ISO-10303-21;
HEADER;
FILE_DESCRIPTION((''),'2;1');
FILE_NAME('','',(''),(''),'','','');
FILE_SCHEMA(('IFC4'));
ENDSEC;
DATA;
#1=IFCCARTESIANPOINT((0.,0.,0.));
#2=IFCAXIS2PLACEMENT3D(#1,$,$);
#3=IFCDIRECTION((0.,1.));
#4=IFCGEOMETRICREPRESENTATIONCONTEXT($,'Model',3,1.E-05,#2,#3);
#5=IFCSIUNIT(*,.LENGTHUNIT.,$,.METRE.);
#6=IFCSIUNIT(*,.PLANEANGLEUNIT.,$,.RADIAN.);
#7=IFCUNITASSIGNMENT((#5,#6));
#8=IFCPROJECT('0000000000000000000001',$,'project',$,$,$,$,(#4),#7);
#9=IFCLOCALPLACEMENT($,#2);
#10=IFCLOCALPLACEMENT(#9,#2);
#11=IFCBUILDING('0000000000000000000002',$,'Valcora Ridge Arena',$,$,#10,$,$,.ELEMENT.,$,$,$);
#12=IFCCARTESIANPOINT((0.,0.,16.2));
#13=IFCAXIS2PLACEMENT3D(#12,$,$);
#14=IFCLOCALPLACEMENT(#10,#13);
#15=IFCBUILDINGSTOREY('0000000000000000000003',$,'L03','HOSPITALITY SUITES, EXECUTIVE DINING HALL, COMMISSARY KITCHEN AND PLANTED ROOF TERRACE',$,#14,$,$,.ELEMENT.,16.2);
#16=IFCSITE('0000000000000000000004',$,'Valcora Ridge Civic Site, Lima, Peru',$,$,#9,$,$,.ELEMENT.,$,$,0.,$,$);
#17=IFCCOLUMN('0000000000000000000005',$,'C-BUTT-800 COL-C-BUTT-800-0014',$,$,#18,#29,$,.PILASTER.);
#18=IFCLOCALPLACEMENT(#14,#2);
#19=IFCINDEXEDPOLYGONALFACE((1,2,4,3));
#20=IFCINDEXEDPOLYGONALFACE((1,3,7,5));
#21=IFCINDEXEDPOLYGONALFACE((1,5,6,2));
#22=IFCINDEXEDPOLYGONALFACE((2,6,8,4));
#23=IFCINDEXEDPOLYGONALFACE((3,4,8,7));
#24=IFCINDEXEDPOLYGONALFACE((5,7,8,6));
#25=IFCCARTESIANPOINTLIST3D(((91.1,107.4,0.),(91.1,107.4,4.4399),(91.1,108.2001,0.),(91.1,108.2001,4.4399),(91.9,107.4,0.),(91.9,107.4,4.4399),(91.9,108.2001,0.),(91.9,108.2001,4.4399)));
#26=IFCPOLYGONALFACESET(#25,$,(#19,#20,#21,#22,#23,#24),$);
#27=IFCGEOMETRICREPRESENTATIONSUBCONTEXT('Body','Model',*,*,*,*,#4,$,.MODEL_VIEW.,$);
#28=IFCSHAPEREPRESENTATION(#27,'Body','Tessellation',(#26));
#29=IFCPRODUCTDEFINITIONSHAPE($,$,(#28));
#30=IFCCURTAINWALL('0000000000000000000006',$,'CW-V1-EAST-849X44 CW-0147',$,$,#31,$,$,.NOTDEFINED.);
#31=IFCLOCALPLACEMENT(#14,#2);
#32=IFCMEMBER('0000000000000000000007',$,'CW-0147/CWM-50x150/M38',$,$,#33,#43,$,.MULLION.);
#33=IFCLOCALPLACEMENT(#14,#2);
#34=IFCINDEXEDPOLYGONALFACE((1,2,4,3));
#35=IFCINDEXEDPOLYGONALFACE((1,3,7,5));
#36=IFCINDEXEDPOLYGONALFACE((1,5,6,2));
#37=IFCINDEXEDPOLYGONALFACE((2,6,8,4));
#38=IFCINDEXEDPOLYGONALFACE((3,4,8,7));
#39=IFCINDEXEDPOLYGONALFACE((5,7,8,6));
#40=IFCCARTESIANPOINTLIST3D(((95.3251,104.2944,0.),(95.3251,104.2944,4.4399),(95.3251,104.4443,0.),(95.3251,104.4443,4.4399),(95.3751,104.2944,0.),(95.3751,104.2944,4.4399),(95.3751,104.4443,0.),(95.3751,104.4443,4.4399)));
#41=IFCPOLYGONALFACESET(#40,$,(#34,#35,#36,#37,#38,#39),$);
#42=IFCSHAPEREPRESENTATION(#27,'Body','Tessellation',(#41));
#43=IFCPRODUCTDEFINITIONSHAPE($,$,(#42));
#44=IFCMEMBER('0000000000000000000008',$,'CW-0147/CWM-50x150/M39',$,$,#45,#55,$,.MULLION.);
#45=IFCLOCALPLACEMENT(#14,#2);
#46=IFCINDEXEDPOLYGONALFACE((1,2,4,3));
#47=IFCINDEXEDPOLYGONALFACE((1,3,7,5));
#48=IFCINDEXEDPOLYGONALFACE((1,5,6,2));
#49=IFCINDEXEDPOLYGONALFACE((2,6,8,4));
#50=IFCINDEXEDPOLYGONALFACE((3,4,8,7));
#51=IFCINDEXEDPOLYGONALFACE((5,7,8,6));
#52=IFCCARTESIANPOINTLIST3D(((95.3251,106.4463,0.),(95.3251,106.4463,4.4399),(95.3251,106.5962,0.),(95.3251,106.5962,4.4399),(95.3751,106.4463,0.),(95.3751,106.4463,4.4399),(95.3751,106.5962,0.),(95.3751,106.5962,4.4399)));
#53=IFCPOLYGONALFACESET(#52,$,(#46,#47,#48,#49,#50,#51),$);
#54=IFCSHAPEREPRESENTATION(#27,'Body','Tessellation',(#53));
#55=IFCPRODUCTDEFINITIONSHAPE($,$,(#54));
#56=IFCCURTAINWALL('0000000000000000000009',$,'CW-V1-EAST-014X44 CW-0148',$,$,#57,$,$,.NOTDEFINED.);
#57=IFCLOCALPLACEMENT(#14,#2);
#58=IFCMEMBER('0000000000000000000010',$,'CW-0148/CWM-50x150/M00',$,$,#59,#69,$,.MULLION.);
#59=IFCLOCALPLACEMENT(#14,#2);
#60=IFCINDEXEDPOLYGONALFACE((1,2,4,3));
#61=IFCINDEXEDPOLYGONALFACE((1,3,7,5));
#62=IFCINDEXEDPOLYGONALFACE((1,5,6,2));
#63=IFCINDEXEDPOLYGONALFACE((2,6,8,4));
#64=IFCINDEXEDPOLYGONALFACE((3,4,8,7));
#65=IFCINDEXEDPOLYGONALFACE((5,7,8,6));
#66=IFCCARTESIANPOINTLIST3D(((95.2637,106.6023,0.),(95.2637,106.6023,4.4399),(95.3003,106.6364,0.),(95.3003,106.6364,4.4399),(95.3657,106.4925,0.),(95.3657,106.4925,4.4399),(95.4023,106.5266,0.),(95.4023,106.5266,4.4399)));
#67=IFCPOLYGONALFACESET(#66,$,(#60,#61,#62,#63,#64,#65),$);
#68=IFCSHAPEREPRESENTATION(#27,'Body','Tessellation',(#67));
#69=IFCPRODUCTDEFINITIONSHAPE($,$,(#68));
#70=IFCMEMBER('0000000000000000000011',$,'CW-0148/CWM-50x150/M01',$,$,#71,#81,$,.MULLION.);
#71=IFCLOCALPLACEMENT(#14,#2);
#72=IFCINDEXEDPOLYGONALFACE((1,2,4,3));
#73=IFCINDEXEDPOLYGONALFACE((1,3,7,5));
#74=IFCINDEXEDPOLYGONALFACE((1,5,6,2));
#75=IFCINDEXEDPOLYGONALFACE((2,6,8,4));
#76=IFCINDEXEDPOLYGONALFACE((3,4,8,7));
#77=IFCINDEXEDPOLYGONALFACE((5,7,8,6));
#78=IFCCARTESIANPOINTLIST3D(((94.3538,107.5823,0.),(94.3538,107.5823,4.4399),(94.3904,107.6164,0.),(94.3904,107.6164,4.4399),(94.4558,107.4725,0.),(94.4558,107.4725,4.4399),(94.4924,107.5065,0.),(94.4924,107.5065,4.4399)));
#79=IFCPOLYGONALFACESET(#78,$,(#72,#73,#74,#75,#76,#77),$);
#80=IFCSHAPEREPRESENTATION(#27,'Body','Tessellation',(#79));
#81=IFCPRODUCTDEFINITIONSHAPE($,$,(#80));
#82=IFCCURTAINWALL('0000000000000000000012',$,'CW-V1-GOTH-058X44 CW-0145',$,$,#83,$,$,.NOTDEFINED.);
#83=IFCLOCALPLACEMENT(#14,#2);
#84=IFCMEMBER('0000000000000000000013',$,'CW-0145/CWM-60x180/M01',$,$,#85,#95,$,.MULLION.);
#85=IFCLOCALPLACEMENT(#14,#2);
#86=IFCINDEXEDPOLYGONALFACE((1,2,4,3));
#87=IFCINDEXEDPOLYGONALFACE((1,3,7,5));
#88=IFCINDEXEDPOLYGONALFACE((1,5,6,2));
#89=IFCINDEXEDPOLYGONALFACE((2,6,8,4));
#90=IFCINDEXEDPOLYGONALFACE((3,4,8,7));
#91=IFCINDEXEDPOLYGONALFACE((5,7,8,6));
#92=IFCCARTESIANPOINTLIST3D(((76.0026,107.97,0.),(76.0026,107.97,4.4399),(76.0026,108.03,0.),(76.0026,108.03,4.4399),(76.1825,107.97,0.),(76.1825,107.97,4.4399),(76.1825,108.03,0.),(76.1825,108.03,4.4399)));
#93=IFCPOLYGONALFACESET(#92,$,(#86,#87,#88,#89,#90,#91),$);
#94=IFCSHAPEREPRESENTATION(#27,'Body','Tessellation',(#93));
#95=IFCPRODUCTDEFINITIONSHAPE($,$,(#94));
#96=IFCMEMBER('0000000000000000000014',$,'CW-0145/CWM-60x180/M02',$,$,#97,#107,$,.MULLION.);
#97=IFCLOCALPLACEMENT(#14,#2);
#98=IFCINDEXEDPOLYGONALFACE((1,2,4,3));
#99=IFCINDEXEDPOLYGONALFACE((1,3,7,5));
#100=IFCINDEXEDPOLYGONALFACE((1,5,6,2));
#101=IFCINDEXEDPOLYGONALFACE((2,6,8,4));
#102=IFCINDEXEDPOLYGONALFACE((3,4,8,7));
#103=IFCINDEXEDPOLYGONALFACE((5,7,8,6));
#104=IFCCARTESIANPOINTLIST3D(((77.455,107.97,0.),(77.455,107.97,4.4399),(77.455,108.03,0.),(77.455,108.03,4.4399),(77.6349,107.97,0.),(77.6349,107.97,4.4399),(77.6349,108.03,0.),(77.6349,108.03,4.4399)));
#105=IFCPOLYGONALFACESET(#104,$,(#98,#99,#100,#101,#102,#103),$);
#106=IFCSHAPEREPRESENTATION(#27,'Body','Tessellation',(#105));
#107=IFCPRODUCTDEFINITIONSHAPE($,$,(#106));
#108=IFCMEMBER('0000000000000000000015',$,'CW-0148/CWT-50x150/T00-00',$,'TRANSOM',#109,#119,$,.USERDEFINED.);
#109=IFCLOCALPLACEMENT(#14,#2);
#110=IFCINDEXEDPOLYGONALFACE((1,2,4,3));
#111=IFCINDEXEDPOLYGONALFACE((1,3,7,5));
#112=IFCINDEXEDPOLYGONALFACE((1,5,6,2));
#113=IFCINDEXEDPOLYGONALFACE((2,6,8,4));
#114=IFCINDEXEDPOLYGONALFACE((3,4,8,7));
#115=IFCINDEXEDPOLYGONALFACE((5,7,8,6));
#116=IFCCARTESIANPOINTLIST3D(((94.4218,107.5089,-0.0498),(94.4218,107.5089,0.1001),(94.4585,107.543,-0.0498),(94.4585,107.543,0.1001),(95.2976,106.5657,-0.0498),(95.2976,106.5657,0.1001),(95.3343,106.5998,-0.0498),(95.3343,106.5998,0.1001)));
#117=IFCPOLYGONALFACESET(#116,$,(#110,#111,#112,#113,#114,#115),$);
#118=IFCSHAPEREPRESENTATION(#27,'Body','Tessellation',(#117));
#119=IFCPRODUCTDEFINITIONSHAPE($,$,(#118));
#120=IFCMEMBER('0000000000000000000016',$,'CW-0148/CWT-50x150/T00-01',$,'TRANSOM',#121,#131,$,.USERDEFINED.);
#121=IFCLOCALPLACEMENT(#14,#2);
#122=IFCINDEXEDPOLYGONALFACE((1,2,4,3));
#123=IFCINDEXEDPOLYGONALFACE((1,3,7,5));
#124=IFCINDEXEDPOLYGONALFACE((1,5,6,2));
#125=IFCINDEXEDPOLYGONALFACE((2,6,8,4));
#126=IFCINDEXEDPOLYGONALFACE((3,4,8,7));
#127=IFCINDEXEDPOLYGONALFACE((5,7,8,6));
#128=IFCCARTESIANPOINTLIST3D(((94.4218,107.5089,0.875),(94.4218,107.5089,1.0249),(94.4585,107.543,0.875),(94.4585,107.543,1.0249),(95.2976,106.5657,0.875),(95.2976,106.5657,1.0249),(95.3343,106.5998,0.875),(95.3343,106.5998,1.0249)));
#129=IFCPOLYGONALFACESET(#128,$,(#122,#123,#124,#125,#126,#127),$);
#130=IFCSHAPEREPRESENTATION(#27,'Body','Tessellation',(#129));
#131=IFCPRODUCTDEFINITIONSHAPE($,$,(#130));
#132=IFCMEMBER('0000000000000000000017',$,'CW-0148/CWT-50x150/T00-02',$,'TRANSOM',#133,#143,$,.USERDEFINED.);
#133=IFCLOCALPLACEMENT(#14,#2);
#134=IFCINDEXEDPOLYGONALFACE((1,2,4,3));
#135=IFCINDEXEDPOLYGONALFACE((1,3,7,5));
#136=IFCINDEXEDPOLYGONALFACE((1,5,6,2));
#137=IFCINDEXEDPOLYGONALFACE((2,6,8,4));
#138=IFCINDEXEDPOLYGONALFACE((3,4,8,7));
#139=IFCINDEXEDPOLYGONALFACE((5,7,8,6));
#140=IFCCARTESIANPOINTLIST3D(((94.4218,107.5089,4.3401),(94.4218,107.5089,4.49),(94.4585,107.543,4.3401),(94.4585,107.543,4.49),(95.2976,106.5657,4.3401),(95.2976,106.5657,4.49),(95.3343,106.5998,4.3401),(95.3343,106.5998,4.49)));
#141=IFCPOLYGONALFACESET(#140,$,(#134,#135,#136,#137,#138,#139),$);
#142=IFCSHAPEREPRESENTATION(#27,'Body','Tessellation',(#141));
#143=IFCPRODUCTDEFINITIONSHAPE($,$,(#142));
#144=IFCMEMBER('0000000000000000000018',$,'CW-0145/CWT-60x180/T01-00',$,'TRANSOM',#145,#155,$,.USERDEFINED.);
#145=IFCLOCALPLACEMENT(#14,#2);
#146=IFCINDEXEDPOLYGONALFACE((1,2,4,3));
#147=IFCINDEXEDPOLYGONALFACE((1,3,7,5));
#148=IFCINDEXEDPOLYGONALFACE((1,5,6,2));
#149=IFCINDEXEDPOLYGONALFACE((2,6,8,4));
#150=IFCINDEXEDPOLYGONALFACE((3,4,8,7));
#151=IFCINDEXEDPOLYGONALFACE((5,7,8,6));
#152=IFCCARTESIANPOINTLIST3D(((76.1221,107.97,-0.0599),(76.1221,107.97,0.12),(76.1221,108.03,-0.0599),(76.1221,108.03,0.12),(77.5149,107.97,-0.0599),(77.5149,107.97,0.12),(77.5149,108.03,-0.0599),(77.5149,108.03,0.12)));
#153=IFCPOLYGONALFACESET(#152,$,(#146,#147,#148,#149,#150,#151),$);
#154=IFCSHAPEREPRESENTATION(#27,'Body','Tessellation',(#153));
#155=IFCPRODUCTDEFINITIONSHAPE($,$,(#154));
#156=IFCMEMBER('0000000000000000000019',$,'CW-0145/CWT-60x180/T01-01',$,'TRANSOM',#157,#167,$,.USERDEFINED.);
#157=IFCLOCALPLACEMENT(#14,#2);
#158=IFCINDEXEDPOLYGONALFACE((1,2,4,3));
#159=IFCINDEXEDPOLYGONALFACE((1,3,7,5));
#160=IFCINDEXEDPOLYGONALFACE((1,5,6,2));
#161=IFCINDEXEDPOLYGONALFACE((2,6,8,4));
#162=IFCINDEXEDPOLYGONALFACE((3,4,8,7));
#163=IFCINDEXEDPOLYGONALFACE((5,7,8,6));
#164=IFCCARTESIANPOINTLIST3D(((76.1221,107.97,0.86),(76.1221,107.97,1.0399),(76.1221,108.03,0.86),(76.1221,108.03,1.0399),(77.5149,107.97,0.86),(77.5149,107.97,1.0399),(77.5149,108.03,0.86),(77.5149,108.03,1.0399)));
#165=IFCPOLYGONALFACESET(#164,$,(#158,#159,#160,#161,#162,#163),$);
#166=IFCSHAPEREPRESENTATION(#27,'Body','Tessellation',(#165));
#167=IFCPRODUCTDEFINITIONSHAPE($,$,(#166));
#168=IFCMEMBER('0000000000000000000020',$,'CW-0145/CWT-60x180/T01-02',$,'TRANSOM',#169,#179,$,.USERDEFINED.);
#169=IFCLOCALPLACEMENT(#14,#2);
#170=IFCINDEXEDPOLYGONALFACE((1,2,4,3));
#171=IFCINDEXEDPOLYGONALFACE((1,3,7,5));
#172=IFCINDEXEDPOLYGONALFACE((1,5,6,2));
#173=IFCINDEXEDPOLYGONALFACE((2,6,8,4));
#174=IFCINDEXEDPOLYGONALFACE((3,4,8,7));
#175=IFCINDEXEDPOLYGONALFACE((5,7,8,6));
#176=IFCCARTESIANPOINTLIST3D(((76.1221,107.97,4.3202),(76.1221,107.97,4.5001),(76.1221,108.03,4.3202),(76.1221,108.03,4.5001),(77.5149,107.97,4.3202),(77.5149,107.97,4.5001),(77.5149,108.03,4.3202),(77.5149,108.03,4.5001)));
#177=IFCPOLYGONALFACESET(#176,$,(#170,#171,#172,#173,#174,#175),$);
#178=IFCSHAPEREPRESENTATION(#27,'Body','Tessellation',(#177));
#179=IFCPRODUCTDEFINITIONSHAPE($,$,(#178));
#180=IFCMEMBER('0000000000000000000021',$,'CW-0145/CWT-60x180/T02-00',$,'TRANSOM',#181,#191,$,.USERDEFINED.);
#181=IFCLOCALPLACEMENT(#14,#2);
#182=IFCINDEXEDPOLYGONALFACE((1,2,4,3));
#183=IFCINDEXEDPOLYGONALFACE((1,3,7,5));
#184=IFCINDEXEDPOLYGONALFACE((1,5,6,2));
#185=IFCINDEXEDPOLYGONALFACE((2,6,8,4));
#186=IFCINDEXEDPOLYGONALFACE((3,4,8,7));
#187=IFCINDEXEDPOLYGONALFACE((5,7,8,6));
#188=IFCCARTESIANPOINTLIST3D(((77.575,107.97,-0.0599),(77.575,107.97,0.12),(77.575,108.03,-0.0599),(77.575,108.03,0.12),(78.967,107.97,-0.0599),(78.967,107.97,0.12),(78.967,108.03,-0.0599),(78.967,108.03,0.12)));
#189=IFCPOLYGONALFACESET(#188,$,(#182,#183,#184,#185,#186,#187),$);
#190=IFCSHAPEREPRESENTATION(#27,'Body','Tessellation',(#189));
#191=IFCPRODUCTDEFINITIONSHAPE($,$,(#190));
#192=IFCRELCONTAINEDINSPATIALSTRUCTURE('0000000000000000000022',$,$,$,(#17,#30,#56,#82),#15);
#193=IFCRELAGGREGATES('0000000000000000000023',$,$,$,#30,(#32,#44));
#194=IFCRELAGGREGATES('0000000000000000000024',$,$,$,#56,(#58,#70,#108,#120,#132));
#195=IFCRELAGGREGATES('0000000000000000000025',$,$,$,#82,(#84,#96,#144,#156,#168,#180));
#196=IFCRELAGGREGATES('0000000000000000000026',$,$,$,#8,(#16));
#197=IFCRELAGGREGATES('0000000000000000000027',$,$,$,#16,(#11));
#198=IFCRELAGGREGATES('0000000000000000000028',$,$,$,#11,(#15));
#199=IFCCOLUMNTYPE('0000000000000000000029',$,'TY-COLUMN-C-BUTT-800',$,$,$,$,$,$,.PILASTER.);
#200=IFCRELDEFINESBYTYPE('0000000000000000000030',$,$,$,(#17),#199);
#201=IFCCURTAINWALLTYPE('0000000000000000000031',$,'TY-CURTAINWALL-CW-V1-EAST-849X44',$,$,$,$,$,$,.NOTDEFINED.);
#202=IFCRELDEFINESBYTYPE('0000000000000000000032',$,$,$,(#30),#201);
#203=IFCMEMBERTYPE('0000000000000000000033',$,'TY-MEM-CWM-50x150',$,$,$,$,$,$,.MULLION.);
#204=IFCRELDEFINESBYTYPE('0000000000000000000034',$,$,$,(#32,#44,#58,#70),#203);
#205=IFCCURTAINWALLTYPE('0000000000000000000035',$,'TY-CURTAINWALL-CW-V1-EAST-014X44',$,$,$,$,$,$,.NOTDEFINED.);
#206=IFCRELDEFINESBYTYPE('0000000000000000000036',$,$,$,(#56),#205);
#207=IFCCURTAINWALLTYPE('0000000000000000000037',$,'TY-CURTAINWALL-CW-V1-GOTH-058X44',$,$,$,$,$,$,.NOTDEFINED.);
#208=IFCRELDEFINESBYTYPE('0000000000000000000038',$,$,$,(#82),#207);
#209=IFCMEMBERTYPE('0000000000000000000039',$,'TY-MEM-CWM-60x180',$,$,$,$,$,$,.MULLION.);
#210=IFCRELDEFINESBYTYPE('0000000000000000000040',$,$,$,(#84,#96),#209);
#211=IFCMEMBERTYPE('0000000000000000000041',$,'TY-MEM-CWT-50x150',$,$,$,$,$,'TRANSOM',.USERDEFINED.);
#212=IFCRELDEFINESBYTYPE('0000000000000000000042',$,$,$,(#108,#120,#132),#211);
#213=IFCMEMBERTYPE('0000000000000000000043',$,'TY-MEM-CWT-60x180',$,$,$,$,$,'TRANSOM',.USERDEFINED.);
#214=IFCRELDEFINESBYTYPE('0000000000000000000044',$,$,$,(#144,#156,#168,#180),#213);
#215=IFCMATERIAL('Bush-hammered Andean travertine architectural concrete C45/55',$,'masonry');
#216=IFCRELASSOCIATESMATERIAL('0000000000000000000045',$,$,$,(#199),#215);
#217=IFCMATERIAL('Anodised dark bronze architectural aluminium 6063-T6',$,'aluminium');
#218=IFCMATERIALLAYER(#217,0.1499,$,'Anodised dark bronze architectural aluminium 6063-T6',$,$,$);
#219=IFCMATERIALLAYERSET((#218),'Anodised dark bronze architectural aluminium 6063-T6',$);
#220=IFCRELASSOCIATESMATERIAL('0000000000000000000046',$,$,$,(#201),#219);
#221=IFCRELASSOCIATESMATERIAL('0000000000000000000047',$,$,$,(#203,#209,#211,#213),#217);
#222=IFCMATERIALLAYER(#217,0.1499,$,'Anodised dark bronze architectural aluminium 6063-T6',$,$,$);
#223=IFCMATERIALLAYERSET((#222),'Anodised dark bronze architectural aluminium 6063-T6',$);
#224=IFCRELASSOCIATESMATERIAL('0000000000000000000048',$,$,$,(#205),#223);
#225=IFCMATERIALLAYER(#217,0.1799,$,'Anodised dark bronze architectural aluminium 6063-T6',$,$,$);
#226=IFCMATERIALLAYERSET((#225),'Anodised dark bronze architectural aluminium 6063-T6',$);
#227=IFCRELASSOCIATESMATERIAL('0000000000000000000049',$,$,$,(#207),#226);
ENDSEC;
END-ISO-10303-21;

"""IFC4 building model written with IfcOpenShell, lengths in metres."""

from ifc_helpers import new_model, si_unit, direction, frame, origin, origin_2d, place, context, subcontext, project, spatial, rectangle, extrude, material, layer, layer_set, material_profile, profile_set, type_object, element, aggregate, save


model = new_model("IFC4")

# Units and contexts
model_context = context("Model", 3, precision=1e-05, world=origin(), true_north=direction((0.0, 1.0)))
body_context = subcontext(model_context, "Body", "Model", "MODEL_VIEW")
ifc_project = project(units=[si_unit("LENGTHUNIT", "METRE"), si_unit("PLANEANGLEUNIT", "RADIAN")], contexts=[model_context])

# Site, building, storey
site_placement = place(None, origin())
site = spatial("IfcSite", under=ifc_project, at=site_placement, Name="Valcora Ridge Civic Site, Lima, Peru", CompositionType="ELEMENT", RefElevation=0.0)
building_placement = place(site_placement, origin())
building = spatial("IfcBuilding", under=site, at=building_placement, Name="Valcora Ridge Arena", CompositionType="ELEMENT")
storey_placement = place(building_placement, frame((0.0, 0.0, 16.2)))
storey = spatial("IfcBuildingStorey", under=building, at=storey_placement, Name="L03", Description="HOSPITALITY SUITES, EXECUTIVE DINING HALL, COMMISSARY KITCHEN AND PLANTED ROOF TERRACE", CompositionType="ELEMENT", Elevation=16.2)

# Column
ifc_material_1 = material(Name="Bush-hammered Andean travertine architectural concrete C45/55", Category="masonry")
ifc_material_profile_1 = material_profile(ifc_material_1, rectangle(XDim=0.8, YDim=0.8, at=origin_2d()), Name="RC 800x800")
ifc_profile_set_1 = profile_set([ifc_material_profile_1], Name="Bush-hammered Andean travertine architectural concrete C45/55")
column_type = type_object("IfcColumnType", Name="TY-COLUMN-C-BUTT-800", PredefinedType="PILASTER", material=ifc_profile_set_1)
column_placement = place(storey_placement, frame((91.5, 107.8, 0.0), z_axis=(0.0, 0.0, 1.0), x_axis=(1.0, 0.0, 0.0)))
element("IfcColumn", 1, at=column_placement, inside=storey, type_object=column_type, Name="C-BUTT-800 COL-C-BUTT-800-0014", PredefinedType="PILASTER", context=body_context, shape_type="SweptSolid", body=[
    extrude(rectangle(XDim=0.8, YDim=0.8, at=origin_2d()), origin(), (0.0, 0.0, 1.0), 4.4399),
])

# Curtain walls, members
ifc_material_2 = material(Name="Anodised dark bronze architectural aluminium 6063-T6", Category="aluminium")
ifc_layer_1 = layer(ifc_material_2, 0.1499, Name="Anodised dark bronze architectural aluminium 6063-T6")
ifc_layer_set_1 = layer_set([ifc_layer_1], Name="Anodised dark bronze architectural aluminium 6063-T6")
curtain_wall_type_1 = type_object("IfcCurtainWallType", Name="TY-CURTAINWALL-CW-V1-EAST-849X44", PredefinedType="NOTDEFINED", material=ifc_layer_set_1)
curtain_wall_1_placement = place(storey_placement, origin())
curtain_wall_1 = element("IfcCurtainWall", 2, at=curtain_wall_1_placement, inside=storey, type_object=curtain_wall_type_1, Name="CW-V1-EAST-849X44 CW-0147", PredefinedType="NOTDEFINED")
ifc_material_profile_2 = material_profile(ifc_material_2, rectangle(XDim=0.05, YDim=0.1499, at=origin_2d()), Name="ALU MULLION 50x150")
ifc_profile_set_2 = profile_set([ifc_material_profile_2], Name="Anodised dark bronze architectural aluminium 6063-T6")
member_type_1 = type_object("IfcMemberType", Name="TY-MEM-CWM-50x150", PredefinedType="MULLION", material=ifc_profile_set_2)
member_1_placement = place(storey_placement, frame((95.3501, 104.3694, 0.0), z_axis=(0.0, 0.0, 1.0), x_axis=(-1.0, 0.0, 0.0)))
member_1 = element("IfcMember", 3, at=member_1_placement, type_object=member_type_1, Name="CW-0147/CWM-50x150/M38", PredefinedType="MULLION", context=body_context, shape_type="SweptSolid", body=[
    extrude(rectangle(XDim=0.05, YDim=0.1499, at=origin_2d()), origin(), (0.0, 0.0, 1.0), 4.4399),
])
member_2_placement = place(storey_placement, frame((95.3501, 106.5212, 0.0), z_axis=(0.0, 0.0, 1.0), x_axis=(-1.0, 0.0, 0.0)))
member_2 = element("IfcMember", 4, at=member_2_placement, type_object=member_type_1, Name="CW-0147/CWM-50x150/M39", PredefinedType="MULLION", context=body_context, shape_type="SweptSolid", body=[
    extrude(rectangle(XDim=0.05, YDim=0.1499, at=origin_2d()), origin(), (0.0, 0.0, 1.0), 4.4399),
])
aggregate(curtain_wall_1, [member_1, member_2])
ifc_layer_2 = layer(ifc_material_2, 0.1499, Name="Anodised dark bronze architectural aluminium 6063-T6")
ifc_layer_set_2 = layer_set([ifc_layer_2], Name="Anodised dark bronze architectural aluminium 6063-T6")
curtain_wall_type_2 = type_object("IfcCurtainWallType", Name="TY-CURTAINWALL-CW-V1-EAST-014X44", PredefinedType="NOTDEFINED", material=ifc_layer_set_2)
curtain_wall_2_placement = place(storey_placement, origin())
curtain_wall_2 = element("IfcCurtainWall", 5, at=curtain_wall_2_placement, inside=storey, type_object=curtain_wall_type_2, Name="CW-V1-EAST-014X44 CW-0148", PredefinedType="NOTDEFINED")
member_3_placement = place(storey_placement, frame((95.333, 106.5645, 0.0), z_axis=(0.0, 0.0, 1.0), x_axis=(-0.732756, -0.680492, 0.0)))
member_3 = element("IfcMember", 6, at=member_3_placement, type_object=member_type_1, Name="CW-0148/CWM-50x150/M00", PredefinedType="MULLION", context=body_context, shape_type="SweptSolid", body=[
    extrude(rectangle(XDim=0.05, YDim=0.1499, at=origin_2d()), origin(), (0.0, 0.0, 1.0), 4.4399),
])
member_4_placement = place(storey_placement, frame((94.4231, 107.5444, 0.0), z_axis=(0.0, 0.0, 1.0), x_axis=(-0.732756, -0.680492, 0.0)))
member_4 = element("IfcMember", 7, at=member_4_placement, type_object=member_type_1, Name="CW-0148/CWM-50x150/M01", PredefinedType="MULLION", context=body_context, shape_type="SweptSolid", body=[
    extrude(rectangle(XDim=0.05, YDim=0.1499, at=origin_2d()), origin(), (0.0, 0.0, 1.0), 4.4399),
])
ifc_layer_3 = layer(ifc_material_2, 0.1799, Name="Anodised dark bronze architectural aluminium 6063-T6")
ifc_layer_set_3 = layer_set([ifc_layer_3], Name="Anodised dark bronze architectural aluminium 6063-T6")
curtain_wall_type_3 = type_object("IfcCurtainWallType", Name="TY-CURTAINWALL-CW-V1-GOTH-058X44", PredefinedType="NOTDEFINED", material=ifc_layer_set_3)
curtain_wall_3_placement = place(storey_placement, origin())
curtain_wall_3 = element("IfcCurtainWall", 8, at=curtain_wall_3_placement, inside=storey, type_object=curtain_wall_type_3, Name="CW-V1-GOTH-058X44 CW-0145", PredefinedType="NOTDEFINED")
ifc_material_profile_3 = material_profile(ifc_material_2, rectangle(XDim=0.0601, YDim=0.1799, at=origin_2d()), Name="ALU MULLION 60x180")
ifc_profile_set_3 = profile_set([ifc_material_profile_3], Name="Anodised dark bronze architectural aluminium 6063-T6")
member_type_2 = type_object("IfcMemberType", Name="TY-MEM-CWM-60x180", PredefinedType="MULLION", material=ifc_profile_set_3)
member_5_placement = place(storey_placement, frame((76.0925, 108.0, 0.0), z_axis=(0.0, 0.0, 1.0), x_axis=(0.0, 1.0, 0.0)))
member_5 = element("IfcMember", 9, at=member_5_placement, type_object=member_type_2, Name="CW-0145/CWM-60x180/M01", PredefinedType="MULLION", context=body_context, shape_type="SweptSolid", body=[
    extrude(rectangle(XDim=0.0601, YDim=0.1799, at=origin_2d()), origin(), (0.0, 0.0, 1.0), 4.4399),
])
member_6_placement = place(storey_placement, frame((77.5449, 108.0, 0.0), z_axis=(0.0, 0.0, 1.0), x_axis=(0.0, 1.0, 0.0)))
member_6 = element("IfcMember", 10, at=member_6_placement, type_object=member_type_2, Name="CW-0145/CWM-60x180/M02", PredefinedType="MULLION", context=body_context, shape_type="SweptSolid", body=[
    extrude(rectangle(XDim=0.0601, YDim=0.1799, at=origin_2d()), origin(), (0.0, 0.0, 1.0), 4.4399),
])

# Members
ifc_material_profile_4 = material_profile(ifc_material_2, rectangle(XDim=0.05, YDim=0.1499, at=origin_2d()), Name="ALU TRANSOM 50x150")
ifc_profile_set_4 = profile_set([ifc_material_profile_4], Name="Anodised dark bronze architectural aluminium 6063-T6")
member_type_3 = type_object("IfcMemberType", Name="TY-MEM-CWT-50x150", ElementType="TRANSOM", PredefinedType="USERDEFINED", material=ifc_profile_set_4)
member_7_placement = place(storey_placement, frame((95.3159, 106.5828, 0.0251), z_axis=(-0.680444, 0.7328, 0.0), x_axis=(-0.7328, -0.680444, 0.0)))
member_7 = element("IfcMember", 11, at=member_7_placement, type_object=member_type_3, Name="CW-0148/CWT-50x150/T00-00", ObjectType="TRANSOM", PredefinedType="USERDEFINED", context=body_context, shape_type="SweptSolid", body=[
    extrude(rectangle(XDim=0.05, YDim=0.1499, at=origin_2d()), origin(), (0.0, 0.0, 1.0), 1.2871),
])
member_8_placement = place(storey_placement, frame((95.3159, 106.5828, 0.95), z_axis=(-0.680444, 0.7328, 0.0), x_axis=(-0.7328, -0.680444, 0.0)))
member_8 = element("IfcMember", 12, at=member_8_placement, type_object=member_type_3, Name="CW-0148/CWT-50x150/T00-01", ObjectType="TRANSOM", PredefinedType="USERDEFINED", context=body_context, shape_type="SweptSolid", body=[
    extrude(rectangle(XDim=0.05, YDim=0.1499, at=origin_2d()), origin(), (0.0, 0.0, 1.0), 1.2871),
])
member_9_placement = place(storey_placement, frame((95.3159, 106.5828, 4.415), z_axis=(-0.680444, 0.7328, 0.0), x_axis=(-0.7328, -0.680444, 0.0)))
member_9 = element("IfcMember", 13, at=member_9_placement, type_object=member_type_3, Name="CW-0148/CWT-50x150/T00-02", ObjectType="TRANSOM", PredefinedType="USERDEFINED", context=body_context, shape_type="SweptSolid", body=[
    extrude(rectangle(XDim=0.05, YDim=0.1499, at=origin_2d()), origin(), (0.0, 0.0, 1.0), 1.2871),
])
ifc_material_profile_5 = material_profile(ifc_material_2, rectangle(XDim=0.0601, YDim=0.1799, at=origin_2d()), Name="ALU TRANSOM 60x180")
ifc_profile_set_5 = profile_set([ifc_material_profile_5], Name="Anodised dark bronze architectural aluminium 6063-T6")
member_type_4 = type_object("IfcMemberType", Name="TY-MEM-CWT-60x180", ElementType="TRANSOM", PredefinedType="USERDEFINED", material=ifc_profile_set_5)
member_10_placement = place(storey_placement, frame((76.1221, 108.0, 0.03), z_axis=(1.0, 0.0, 0.0), x_axis=(0.0, 1.0, 0.0)))
member_10 = element("IfcMember", 14, at=member_10_placement, type_object=member_type_4, Name="CW-0145/CWT-60x180/T01-00", ObjectType="TRANSOM", PredefinedType="USERDEFINED", context=body_context, shape_type="SweptSolid", body=[
    extrude(rectangle(XDim=0.0601, YDim=0.1799, at=origin_2d()), origin(), (0.0, 0.0, 1.0), 1.3928),
])
member_11_placement = place(storey_placement, frame((76.1221, 108.0, 0.95), z_axis=(1.0, 0.0, 0.0), x_axis=(0.0, 1.0, 0.0)))
member_11 = element("IfcMember", 15, at=member_11_placement, type_object=member_type_4, Name="CW-0145/CWT-60x180/T01-01", ObjectType="TRANSOM", PredefinedType="USERDEFINED", context=body_context, shape_type="SweptSolid", body=[
    extrude(rectangle(XDim=0.0601, YDim=0.1799, at=origin_2d()), origin(), (0.0, 0.0, 1.0), 1.3928),
])
member_12_placement = place(storey_placement, frame((76.1221, 108.0, 4.4102), z_axis=(1.0, 0.0, 0.0), x_axis=(0.0, 1.0, 0.0)))
member_12 = element("IfcMember", 16, at=member_12_placement, type_object=member_type_4, Name="CW-0145/CWT-60x180/T01-02", ObjectType="TRANSOM", PredefinedType="USERDEFINED", context=body_context, shape_type="SweptSolid", body=[
    extrude(rectangle(XDim=0.0601, YDim=0.1799, at=origin_2d()), origin(), (0.0, 0.0, 1.0), 1.3928),
])
member_13_placement = place(storey_placement, frame((77.575, 108.0, 0.03), z_axis=(1.0, 0.0, 0.0), x_axis=(0.0, 1.0, 0.0)))
member_13 = element("IfcMember", 17, at=member_13_placement, type_object=member_type_4, Name="CW-0145/CWT-60x180/T02-00", ObjectType="TRANSOM", PredefinedType="USERDEFINED", context=body_context, shape_type="SweptSolid", body=[
    extrude(rectangle(XDim=0.0601, YDim=0.1799, at=origin_2d()), origin(), (0.0, 0.0, 1.0), 1.3921),
])

aggregate(curtain_wall_2, [member_3, member_4, member_7, member_8, member_9])
aggregate(curtain_wall_3, [member_5, member_6, member_10, member_11, member_12, member_13])

save(model, "model.ifc")
